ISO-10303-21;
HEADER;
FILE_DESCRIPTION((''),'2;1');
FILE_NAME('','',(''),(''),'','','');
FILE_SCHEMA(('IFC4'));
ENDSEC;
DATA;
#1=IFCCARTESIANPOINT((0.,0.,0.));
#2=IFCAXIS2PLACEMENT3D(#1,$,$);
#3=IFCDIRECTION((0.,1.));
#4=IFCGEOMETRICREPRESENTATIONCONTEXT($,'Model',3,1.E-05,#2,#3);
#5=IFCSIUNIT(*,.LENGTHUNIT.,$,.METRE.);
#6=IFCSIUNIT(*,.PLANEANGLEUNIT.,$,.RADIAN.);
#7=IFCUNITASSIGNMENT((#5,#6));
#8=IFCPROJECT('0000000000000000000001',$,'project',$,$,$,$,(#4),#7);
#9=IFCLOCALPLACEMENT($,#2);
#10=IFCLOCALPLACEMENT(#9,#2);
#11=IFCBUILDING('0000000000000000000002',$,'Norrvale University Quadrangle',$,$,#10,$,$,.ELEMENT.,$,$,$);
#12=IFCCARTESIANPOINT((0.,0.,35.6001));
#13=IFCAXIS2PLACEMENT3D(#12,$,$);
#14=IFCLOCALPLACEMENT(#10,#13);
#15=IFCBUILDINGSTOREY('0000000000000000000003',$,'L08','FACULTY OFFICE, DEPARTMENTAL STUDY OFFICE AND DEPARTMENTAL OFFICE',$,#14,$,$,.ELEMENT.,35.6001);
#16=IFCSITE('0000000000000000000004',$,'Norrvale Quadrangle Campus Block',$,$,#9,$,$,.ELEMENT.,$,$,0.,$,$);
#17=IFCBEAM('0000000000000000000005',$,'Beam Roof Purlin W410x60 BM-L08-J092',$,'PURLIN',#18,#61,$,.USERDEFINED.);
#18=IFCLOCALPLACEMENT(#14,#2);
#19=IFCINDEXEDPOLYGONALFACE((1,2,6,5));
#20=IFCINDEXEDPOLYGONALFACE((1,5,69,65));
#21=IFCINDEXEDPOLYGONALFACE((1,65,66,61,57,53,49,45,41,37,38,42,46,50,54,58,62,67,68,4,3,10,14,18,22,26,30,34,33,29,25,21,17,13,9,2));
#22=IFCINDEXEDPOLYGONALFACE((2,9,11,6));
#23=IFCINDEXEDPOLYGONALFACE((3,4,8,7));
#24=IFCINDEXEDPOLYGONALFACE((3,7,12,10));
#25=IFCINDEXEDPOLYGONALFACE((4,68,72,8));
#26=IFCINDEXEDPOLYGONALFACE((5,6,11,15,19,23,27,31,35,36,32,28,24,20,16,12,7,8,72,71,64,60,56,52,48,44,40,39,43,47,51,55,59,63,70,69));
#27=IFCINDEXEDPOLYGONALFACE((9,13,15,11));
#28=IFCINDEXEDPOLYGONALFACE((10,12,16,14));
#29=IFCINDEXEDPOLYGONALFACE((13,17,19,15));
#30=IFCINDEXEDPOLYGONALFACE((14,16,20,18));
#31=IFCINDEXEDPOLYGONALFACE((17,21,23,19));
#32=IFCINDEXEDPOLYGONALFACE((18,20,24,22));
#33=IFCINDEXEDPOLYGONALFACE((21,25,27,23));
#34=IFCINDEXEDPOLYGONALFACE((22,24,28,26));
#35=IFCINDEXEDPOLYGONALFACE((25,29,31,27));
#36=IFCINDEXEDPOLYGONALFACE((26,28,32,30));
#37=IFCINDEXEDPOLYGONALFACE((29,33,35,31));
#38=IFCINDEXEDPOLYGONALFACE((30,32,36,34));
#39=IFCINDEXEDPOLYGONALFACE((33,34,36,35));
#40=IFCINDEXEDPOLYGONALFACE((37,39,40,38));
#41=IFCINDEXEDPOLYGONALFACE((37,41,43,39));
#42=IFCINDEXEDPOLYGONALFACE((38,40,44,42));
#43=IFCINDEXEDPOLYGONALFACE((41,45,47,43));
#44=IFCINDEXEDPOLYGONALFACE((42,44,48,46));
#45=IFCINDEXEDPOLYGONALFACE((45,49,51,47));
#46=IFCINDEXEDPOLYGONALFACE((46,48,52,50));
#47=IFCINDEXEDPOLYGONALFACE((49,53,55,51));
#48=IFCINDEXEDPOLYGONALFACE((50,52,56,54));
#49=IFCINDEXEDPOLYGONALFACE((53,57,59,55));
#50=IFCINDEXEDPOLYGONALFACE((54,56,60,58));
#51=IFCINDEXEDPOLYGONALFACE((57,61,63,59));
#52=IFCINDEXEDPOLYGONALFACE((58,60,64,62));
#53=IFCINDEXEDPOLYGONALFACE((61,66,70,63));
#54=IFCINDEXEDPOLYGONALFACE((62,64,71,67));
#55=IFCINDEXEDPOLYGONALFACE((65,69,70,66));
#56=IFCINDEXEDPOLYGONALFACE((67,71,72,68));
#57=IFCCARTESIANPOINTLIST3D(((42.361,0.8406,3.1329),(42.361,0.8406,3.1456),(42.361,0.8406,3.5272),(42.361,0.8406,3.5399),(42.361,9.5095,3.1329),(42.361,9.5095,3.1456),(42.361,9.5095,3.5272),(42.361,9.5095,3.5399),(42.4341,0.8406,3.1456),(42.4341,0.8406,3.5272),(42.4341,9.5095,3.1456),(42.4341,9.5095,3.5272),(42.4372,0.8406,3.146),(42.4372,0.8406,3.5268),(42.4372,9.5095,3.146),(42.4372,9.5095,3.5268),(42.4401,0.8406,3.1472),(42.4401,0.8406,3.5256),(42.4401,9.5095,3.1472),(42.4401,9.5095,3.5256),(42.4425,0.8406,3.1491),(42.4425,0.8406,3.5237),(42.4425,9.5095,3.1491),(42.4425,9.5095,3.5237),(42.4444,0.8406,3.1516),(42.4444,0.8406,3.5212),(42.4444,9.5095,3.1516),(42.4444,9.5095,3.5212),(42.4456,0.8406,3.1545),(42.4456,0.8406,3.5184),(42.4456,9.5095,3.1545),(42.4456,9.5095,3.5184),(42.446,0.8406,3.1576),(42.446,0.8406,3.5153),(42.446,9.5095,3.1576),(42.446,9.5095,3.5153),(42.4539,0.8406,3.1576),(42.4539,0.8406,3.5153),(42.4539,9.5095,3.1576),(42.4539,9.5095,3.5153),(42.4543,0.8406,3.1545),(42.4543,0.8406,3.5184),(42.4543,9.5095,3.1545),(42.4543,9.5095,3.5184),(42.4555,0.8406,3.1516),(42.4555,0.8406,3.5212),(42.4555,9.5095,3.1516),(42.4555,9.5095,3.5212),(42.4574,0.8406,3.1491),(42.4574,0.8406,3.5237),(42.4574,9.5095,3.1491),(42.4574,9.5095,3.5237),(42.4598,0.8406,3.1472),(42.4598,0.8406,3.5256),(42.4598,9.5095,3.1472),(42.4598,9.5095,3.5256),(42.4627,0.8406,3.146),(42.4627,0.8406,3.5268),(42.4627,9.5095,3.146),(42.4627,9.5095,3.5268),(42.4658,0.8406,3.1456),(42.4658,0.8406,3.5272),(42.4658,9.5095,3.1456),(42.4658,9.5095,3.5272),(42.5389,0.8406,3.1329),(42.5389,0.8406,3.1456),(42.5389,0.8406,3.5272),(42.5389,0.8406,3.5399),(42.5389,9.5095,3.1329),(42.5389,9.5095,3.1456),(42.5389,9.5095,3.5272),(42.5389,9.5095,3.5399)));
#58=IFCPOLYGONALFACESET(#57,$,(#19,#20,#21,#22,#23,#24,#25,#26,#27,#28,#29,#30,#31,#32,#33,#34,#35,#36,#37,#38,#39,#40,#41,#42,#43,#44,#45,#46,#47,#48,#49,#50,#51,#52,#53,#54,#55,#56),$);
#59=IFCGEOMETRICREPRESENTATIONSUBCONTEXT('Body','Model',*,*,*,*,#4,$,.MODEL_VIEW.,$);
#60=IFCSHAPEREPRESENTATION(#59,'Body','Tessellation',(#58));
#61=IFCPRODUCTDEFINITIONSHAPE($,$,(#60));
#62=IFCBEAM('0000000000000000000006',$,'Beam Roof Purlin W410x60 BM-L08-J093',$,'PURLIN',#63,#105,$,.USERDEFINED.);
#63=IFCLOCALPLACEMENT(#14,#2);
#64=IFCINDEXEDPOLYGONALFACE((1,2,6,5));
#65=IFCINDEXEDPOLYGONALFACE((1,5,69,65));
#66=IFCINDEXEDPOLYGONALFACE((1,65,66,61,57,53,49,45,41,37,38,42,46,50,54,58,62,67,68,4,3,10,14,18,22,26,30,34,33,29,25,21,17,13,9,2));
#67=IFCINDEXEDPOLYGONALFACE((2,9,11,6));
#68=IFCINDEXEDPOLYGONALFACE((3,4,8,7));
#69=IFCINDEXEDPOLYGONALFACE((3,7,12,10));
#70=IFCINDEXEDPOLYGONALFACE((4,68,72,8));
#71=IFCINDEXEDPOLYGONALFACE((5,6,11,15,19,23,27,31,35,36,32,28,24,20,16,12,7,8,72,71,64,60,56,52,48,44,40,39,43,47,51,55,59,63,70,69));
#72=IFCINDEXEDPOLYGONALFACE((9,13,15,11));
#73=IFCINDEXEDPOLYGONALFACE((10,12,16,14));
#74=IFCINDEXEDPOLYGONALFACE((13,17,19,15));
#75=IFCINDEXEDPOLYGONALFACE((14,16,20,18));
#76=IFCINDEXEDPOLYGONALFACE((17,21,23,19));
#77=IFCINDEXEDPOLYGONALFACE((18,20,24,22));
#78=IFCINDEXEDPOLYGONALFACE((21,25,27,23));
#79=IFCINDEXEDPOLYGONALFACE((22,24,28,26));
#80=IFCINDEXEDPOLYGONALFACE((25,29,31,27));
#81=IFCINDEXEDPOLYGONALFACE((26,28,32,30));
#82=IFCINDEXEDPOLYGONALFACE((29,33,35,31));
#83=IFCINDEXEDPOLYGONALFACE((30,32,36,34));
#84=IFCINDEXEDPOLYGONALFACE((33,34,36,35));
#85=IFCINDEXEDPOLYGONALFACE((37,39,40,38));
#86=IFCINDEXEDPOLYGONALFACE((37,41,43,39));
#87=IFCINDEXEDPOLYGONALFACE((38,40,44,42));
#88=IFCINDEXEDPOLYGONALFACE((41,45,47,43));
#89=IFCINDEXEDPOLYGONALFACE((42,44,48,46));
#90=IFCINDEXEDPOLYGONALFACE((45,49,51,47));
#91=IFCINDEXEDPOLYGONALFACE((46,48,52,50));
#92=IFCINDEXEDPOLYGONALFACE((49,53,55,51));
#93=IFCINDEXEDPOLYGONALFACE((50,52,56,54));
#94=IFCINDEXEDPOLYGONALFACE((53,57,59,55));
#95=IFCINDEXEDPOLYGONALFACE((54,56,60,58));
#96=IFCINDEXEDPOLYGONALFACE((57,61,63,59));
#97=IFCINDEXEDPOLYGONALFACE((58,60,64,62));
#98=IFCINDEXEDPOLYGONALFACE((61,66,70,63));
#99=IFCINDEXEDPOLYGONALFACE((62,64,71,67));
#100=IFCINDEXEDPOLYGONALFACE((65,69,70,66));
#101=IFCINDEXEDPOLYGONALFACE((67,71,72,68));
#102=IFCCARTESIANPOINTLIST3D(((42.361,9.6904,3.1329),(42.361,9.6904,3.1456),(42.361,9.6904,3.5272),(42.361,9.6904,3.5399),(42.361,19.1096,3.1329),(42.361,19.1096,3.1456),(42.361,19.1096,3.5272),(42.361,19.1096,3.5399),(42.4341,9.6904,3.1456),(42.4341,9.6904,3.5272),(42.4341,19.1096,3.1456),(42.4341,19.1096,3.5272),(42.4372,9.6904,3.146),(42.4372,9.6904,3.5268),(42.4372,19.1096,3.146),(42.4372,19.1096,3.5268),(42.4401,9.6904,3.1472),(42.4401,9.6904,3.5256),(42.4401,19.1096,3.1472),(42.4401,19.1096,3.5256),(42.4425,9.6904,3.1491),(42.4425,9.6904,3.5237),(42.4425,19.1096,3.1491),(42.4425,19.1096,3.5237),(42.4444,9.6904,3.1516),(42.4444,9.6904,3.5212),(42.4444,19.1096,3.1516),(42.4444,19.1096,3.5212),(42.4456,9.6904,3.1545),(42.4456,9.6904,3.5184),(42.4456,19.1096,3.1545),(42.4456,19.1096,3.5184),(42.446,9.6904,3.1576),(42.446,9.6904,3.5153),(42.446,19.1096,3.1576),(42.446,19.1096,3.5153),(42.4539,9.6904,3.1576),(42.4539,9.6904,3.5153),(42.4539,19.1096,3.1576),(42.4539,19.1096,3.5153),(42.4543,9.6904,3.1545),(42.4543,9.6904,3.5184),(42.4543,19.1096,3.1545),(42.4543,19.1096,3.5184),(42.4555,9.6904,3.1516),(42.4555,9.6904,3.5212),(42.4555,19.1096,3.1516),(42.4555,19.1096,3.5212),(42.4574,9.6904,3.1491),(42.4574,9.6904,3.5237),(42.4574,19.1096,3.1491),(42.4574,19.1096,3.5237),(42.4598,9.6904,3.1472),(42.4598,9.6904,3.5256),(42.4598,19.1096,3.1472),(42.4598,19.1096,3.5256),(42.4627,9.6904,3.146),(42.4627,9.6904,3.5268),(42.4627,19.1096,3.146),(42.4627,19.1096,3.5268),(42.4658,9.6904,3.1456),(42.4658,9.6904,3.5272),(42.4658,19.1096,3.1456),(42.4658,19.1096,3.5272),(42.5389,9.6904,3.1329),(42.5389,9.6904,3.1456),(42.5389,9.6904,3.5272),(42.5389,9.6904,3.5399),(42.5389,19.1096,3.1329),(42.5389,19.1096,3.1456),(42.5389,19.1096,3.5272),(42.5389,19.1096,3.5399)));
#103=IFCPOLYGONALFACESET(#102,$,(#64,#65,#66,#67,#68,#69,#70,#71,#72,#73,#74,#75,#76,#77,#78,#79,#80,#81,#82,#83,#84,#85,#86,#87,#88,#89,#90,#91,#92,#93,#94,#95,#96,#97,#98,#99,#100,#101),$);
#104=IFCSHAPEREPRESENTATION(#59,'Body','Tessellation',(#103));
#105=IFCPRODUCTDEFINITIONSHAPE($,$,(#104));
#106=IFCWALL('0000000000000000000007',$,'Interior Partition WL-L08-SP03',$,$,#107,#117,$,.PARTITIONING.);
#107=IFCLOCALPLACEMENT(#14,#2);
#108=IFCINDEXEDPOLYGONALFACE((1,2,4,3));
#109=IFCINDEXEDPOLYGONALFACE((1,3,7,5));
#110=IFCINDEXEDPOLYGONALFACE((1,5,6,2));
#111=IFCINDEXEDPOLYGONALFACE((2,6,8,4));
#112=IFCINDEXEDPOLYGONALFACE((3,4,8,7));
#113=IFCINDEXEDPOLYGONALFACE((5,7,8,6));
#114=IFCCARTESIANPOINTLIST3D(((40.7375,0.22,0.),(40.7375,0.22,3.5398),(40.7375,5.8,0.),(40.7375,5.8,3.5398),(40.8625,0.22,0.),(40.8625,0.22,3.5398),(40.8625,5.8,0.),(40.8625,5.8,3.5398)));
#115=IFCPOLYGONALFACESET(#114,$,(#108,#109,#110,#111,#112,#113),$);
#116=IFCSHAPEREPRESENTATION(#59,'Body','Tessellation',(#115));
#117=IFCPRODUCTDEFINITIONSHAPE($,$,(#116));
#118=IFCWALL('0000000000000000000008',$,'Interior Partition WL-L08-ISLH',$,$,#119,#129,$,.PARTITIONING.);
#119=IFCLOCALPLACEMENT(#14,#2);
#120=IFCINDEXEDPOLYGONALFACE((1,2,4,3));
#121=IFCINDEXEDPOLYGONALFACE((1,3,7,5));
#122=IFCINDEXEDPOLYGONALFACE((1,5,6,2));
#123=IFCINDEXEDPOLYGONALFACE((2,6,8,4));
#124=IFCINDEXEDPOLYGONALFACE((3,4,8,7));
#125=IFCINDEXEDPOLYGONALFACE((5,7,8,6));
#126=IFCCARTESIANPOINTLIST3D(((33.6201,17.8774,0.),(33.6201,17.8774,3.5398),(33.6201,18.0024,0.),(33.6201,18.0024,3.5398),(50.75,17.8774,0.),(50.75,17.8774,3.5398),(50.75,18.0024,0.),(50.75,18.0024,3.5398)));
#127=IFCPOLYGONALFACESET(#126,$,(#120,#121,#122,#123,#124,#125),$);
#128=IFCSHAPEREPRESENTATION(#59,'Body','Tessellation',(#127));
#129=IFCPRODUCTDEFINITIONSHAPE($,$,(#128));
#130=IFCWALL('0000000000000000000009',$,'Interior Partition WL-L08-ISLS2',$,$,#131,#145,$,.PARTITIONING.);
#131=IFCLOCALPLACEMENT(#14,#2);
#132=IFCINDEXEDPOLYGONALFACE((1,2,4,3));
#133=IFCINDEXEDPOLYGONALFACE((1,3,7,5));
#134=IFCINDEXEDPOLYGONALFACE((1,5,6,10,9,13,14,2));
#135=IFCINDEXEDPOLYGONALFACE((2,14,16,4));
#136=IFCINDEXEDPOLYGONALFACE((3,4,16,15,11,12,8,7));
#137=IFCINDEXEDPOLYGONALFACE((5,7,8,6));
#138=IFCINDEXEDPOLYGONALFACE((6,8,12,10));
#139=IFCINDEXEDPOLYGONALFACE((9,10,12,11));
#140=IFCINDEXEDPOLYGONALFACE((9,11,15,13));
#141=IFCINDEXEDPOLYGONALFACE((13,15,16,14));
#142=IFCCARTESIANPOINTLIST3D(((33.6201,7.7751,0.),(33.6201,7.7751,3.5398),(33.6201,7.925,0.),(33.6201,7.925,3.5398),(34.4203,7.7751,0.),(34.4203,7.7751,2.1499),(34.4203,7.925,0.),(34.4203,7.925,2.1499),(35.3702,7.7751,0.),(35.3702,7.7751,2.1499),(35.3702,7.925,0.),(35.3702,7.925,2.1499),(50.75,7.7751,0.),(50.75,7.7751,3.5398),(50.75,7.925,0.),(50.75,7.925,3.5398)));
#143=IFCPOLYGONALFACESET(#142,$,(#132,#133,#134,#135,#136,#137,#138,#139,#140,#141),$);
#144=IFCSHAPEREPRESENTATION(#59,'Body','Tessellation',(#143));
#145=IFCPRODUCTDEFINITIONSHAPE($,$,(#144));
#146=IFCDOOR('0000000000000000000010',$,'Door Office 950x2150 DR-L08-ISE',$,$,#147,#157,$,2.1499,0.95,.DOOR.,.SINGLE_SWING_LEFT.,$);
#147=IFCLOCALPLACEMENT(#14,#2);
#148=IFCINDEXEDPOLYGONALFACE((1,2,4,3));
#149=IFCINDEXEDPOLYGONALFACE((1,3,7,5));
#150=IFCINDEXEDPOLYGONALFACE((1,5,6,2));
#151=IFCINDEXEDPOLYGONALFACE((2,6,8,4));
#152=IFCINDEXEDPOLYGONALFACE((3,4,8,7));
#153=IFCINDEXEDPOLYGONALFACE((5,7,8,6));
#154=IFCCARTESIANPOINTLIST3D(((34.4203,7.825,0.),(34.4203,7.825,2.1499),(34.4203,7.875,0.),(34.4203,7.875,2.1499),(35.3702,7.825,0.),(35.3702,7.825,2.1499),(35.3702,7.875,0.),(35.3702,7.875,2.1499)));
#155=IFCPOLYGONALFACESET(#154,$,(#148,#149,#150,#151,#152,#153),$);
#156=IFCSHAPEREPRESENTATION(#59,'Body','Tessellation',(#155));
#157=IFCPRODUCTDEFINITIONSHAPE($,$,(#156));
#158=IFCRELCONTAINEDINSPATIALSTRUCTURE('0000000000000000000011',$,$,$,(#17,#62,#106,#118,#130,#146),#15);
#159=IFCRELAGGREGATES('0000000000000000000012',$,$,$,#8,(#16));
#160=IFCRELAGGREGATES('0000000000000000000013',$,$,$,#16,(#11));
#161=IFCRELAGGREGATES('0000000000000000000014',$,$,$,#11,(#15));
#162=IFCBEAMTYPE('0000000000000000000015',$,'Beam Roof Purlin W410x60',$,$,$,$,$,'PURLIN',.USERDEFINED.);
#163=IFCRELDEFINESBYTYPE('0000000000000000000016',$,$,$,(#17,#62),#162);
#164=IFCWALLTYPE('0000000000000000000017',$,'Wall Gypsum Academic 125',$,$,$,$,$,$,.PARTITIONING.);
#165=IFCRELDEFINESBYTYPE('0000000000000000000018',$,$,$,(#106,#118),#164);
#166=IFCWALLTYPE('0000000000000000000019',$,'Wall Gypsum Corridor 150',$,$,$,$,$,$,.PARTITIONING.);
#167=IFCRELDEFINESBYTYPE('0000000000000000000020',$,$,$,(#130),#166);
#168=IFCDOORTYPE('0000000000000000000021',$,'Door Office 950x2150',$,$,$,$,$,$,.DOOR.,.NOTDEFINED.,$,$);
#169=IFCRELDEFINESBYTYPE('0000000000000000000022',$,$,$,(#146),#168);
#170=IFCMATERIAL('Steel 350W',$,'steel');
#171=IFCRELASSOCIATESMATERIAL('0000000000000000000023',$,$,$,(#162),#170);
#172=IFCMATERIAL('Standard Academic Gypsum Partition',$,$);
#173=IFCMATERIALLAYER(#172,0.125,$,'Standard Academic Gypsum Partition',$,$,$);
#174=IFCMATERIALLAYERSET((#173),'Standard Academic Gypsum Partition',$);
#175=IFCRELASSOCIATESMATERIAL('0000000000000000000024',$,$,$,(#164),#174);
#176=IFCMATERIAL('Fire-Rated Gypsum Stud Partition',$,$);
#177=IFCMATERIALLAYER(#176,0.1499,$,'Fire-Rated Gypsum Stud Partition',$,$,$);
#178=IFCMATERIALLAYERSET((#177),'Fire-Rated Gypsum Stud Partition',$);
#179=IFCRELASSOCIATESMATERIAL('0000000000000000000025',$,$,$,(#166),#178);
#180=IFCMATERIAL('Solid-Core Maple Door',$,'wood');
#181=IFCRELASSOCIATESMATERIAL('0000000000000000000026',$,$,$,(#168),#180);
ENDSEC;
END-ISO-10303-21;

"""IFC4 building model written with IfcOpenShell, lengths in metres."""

from ifc_helpers import new_model, si_unit, direction, frame, frame_2d, origin, origin_2d, place, context, subcontext, project, spatial, rectangle, i_section, extrude, material, layer, layer_set, material_profile, profile_set, type_object, element, fill, save


model = new_model("IFC4")

# Units and contexts
model_context = context("Model", 3, precision=1e-05, world=origin(), true_north=direction((0.0, 1.0)))
body_context = subcontext(model_context, "Body", "Model", "MODEL_VIEW")
ifc_project = project(units=[si_unit("LENGTHUNIT", "METRE"), si_unit("PLANEANGLEUNIT", "RADIAN")], contexts=[model_context])

# Site, building, storey
site_placement = place(None, origin())
site = spatial("IfcSite", under=ifc_project, at=site_placement, Name="Norrvale Quadrangle Campus Block", CompositionType="ELEMENT", RefElevation=0.0)
building_placement = place(site_placement, origin())
building = spatial("IfcBuilding", under=site, at=building_placement, Name="Norrvale University Quadrangle", CompositionType="ELEMENT")
storey_placement = place(building_placement, frame((0.0, 0.0, 35.6001)))
storey = spatial("IfcBuildingStorey", under=building, at=storey_placement, Name="L08", Description="FACULTY OFFICE, DEPARTMENTAL STUDY OFFICE AND DEPARTMENTAL OFFICE", CompositionType="ELEMENT", Elevation=35.6001)

# Beams
ifc_material_1 = material(Name="Steel 350W", Category="steel")
ifc_material_profile_1 = material_profile(ifc_material_1, i_section(OverallWidth=0.178, OverallDepth=0.407, WebThickness=0.0078, FlangeThickness=0.0127, FilletRadius=0.012, at=origin_2d()), Name="Steel 350W")
ifc_profile_set_1 = profile_set([ifc_material_profile_1], Name="Steel 350W")
beam_type_1 = type_object("IfcBeamType", Name="Beam Roof Purlin W410x60", ElementType="PURLIN", PredefinedType="USERDEFINED", material=ifc_profile_set_1)
beam_1_placement = place(storey_placement, frame((42.45, 0.8406, 3.3364), z_axis=(0.0, 1.0, 0.0), x_axis=(-1.0, 0.0, 0.0)))
element("IfcBeam", 1, at=beam_1_placement, inside=storey, type_object=beam_type_1, Name="Beam Roof Purlin W410x60 BM-L08-J092", ObjectType="PURLIN", PredefinedType="USERDEFINED", context=body_context, shape_type="SweptSolid", body=[
    extrude(i_section(OverallWidth=0.178, OverallDepth=0.407, WebThickness=0.0078, FlangeThickness=0.0127, FilletRadius=0.012, at=origin_2d()), origin(), (0.0, 0.0, 1.0), 8.6689),
])
beam_2_placement = place(storey_placement, frame((42.45, 9.6904, 3.3364), z_axis=(0.0, 1.0, 0.0), x_axis=(-1.0, 0.0, 0.0)))
element("IfcBeam", 2, at=beam_2_placement, inside=storey, type_object=beam_type_1, Name="Beam Roof Purlin W410x60 BM-L08-J093", ObjectType="PURLIN", PredefinedType="USERDEFINED", context=body_context, shape_type="SweptSolid", body=[
    extrude(i_section(OverallWidth=0.178, OverallDepth=0.407, WebThickness=0.0078, FlangeThickness=0.0127, FilletRadius=0.012, at=origin_2d()), origin(), (0.0, 0.0, 1.0), 9.4192),
])

# Walls
ifc_material_2 = material(Name="Standard Academic Gypsum Partition")
ifc_layer_1 = layer(ifc_material_2, 0.125, Name="Standard Academic Gypsum Partition")
ifc_layer_set_1 = layer_set([ifc_layer_1], Name="Standard Academic Gypsum Partition")
wall_type_1 = type_object("IfcWallType", Name="Wall Gypsum Academic 125", PredefinedType="PARTITIONING", material=ifc_layer_set_1)
wall_1_placement = place(storey_placement, frame((40.8, 0.22, 0.0), z_axis=(0.0, 0.0, 1.0), x_axis=(0.0, 1.0, 0.0)))
element("IfcWall", 3, at=wall_1_placement, inside=storey, type_object=wall_type_1, Name="Interior Partition WL-L08-SP03", PredefinedType="PARTITIONING", context=body_context, shape_type="SweptSolid", body=[
    extrude(rectangle(XDim=5.5801, YDim=0.125, at=frame_2d((2.79, 0.0))), origin(), (0.0, 0.0, 1.0), 3.5398),
])
wall_2_placement = place(storey_placement, frame((33.6201, 17.9399, 0.0), z_axis=(0.0, 0.0, 1.0), x_axis=(1.0, 0.0, 0.0)))
element("IfcWall", 4, at=wall_2_placement, inside=storey, type_object=wall_type_1, Name="Interior Partition WL-L08-ISLH", PredefinedType="PARTITIONING", context=body_context, shape_type="SweptSolid", body=[
    extrude(rectangle(XDim=17.1299, YDim=0.125, at=frame_2d((8.5649, 0.0))), origin(), (0.0, 0.0, 1.0), 3.5398),
])

# Wall, opening, door
ifc_material_3 = material(Name="Fire-Rated Gypsum Stud Partition")
ifc_layer_2 = layer(ifc_material_3, 0.1499, Name="Fire-Rated Gypsum Stud Partition")
ifc_layer_set_2 = layer_set([ifc_layer_2], Name="Fire-Rated Gypsum Stud Partition")
wall_type_2 = type_object("IfcWallType", Name="Wall Gypsum Corridor 150", PredefinedType="PARTITIONING", material=ifc_layer_set_2)
wall_3_placement = place(storey_placement, frame((33.6201, 7.8501, 0.0), z_axis=(0.0, 0.0, 1.0), x_axis=(1.0, 0.0, 0.0)))
wall_3 = element("IfcWall", 5, at=wall_3_placement, inside=storey, type_object=wall_type_2, Name="Interior Partition WL-L08-ISLS2", PredefinedType="PARTITIONING", context=body_context, shape_type="SweptSolid", body=[
    extrude(rectangle(XDim=17.1299, YDim=0.1499, at=frame_2d((8.5649, 0.0))), origin(), (0.0, 0.0, 1.0), 3.5398),
])
opening_placement = place(wall_3_placement, frame((0.8, 0.0, 0.0)))
opening = element("IfcOpeningElement", 6, at=opening_placement, cuts=wall_3, PredefinedType="OPENING", context=body_context, shape_type="SweptSolid", body=[
    extrude(rectangle(XDim=0.95, YDim=2.1499, at=frame_2d((0.4751, 1.075))), frame((0.0, 0.0869, 0.0), z_axis=(0.0, -1.0, 0.0), x_axis=(1.0, 0.0, 0.0)), (0.0, 0.0, 1.0), 0.1738),
])
ifc_material_4 = material(Name="Solid-Core Maple Door", Category="wood")
door_type = type_object("IfcDoorType", Name="Door Office 950x2150", OperationType="NOTDEFINED", PredefinedType="DOOR", material=ifc_material_4)
door_placement = place(opening_placement, origin())
door = element("IfcDoor", 7, at=door_placement, inside=storey, type_object=door_type, Name="Door Office 950x2150 DR-L08-ISE", OperationType="SINGLE_SWING_LEFT", OverallHeight=2.1499, OverallWidth=0.95, PredefinedType="DOOR", context=body_context, shape_type="SweptSolid", body=[
    extrude(rectangle(XDim=0.95, YDim=2.1499, at=frame_2d((0.4751, 1.075))), frame((0.0, 0.0249, 0.0), z_axis=(0.0, -1.0, 0.0), x_axis=(1.0, 0.0, 0.0)), (0.0, 0.0, 1.0), 0.05),
])
fill(opening, door)

save(model, "model.ifc")
